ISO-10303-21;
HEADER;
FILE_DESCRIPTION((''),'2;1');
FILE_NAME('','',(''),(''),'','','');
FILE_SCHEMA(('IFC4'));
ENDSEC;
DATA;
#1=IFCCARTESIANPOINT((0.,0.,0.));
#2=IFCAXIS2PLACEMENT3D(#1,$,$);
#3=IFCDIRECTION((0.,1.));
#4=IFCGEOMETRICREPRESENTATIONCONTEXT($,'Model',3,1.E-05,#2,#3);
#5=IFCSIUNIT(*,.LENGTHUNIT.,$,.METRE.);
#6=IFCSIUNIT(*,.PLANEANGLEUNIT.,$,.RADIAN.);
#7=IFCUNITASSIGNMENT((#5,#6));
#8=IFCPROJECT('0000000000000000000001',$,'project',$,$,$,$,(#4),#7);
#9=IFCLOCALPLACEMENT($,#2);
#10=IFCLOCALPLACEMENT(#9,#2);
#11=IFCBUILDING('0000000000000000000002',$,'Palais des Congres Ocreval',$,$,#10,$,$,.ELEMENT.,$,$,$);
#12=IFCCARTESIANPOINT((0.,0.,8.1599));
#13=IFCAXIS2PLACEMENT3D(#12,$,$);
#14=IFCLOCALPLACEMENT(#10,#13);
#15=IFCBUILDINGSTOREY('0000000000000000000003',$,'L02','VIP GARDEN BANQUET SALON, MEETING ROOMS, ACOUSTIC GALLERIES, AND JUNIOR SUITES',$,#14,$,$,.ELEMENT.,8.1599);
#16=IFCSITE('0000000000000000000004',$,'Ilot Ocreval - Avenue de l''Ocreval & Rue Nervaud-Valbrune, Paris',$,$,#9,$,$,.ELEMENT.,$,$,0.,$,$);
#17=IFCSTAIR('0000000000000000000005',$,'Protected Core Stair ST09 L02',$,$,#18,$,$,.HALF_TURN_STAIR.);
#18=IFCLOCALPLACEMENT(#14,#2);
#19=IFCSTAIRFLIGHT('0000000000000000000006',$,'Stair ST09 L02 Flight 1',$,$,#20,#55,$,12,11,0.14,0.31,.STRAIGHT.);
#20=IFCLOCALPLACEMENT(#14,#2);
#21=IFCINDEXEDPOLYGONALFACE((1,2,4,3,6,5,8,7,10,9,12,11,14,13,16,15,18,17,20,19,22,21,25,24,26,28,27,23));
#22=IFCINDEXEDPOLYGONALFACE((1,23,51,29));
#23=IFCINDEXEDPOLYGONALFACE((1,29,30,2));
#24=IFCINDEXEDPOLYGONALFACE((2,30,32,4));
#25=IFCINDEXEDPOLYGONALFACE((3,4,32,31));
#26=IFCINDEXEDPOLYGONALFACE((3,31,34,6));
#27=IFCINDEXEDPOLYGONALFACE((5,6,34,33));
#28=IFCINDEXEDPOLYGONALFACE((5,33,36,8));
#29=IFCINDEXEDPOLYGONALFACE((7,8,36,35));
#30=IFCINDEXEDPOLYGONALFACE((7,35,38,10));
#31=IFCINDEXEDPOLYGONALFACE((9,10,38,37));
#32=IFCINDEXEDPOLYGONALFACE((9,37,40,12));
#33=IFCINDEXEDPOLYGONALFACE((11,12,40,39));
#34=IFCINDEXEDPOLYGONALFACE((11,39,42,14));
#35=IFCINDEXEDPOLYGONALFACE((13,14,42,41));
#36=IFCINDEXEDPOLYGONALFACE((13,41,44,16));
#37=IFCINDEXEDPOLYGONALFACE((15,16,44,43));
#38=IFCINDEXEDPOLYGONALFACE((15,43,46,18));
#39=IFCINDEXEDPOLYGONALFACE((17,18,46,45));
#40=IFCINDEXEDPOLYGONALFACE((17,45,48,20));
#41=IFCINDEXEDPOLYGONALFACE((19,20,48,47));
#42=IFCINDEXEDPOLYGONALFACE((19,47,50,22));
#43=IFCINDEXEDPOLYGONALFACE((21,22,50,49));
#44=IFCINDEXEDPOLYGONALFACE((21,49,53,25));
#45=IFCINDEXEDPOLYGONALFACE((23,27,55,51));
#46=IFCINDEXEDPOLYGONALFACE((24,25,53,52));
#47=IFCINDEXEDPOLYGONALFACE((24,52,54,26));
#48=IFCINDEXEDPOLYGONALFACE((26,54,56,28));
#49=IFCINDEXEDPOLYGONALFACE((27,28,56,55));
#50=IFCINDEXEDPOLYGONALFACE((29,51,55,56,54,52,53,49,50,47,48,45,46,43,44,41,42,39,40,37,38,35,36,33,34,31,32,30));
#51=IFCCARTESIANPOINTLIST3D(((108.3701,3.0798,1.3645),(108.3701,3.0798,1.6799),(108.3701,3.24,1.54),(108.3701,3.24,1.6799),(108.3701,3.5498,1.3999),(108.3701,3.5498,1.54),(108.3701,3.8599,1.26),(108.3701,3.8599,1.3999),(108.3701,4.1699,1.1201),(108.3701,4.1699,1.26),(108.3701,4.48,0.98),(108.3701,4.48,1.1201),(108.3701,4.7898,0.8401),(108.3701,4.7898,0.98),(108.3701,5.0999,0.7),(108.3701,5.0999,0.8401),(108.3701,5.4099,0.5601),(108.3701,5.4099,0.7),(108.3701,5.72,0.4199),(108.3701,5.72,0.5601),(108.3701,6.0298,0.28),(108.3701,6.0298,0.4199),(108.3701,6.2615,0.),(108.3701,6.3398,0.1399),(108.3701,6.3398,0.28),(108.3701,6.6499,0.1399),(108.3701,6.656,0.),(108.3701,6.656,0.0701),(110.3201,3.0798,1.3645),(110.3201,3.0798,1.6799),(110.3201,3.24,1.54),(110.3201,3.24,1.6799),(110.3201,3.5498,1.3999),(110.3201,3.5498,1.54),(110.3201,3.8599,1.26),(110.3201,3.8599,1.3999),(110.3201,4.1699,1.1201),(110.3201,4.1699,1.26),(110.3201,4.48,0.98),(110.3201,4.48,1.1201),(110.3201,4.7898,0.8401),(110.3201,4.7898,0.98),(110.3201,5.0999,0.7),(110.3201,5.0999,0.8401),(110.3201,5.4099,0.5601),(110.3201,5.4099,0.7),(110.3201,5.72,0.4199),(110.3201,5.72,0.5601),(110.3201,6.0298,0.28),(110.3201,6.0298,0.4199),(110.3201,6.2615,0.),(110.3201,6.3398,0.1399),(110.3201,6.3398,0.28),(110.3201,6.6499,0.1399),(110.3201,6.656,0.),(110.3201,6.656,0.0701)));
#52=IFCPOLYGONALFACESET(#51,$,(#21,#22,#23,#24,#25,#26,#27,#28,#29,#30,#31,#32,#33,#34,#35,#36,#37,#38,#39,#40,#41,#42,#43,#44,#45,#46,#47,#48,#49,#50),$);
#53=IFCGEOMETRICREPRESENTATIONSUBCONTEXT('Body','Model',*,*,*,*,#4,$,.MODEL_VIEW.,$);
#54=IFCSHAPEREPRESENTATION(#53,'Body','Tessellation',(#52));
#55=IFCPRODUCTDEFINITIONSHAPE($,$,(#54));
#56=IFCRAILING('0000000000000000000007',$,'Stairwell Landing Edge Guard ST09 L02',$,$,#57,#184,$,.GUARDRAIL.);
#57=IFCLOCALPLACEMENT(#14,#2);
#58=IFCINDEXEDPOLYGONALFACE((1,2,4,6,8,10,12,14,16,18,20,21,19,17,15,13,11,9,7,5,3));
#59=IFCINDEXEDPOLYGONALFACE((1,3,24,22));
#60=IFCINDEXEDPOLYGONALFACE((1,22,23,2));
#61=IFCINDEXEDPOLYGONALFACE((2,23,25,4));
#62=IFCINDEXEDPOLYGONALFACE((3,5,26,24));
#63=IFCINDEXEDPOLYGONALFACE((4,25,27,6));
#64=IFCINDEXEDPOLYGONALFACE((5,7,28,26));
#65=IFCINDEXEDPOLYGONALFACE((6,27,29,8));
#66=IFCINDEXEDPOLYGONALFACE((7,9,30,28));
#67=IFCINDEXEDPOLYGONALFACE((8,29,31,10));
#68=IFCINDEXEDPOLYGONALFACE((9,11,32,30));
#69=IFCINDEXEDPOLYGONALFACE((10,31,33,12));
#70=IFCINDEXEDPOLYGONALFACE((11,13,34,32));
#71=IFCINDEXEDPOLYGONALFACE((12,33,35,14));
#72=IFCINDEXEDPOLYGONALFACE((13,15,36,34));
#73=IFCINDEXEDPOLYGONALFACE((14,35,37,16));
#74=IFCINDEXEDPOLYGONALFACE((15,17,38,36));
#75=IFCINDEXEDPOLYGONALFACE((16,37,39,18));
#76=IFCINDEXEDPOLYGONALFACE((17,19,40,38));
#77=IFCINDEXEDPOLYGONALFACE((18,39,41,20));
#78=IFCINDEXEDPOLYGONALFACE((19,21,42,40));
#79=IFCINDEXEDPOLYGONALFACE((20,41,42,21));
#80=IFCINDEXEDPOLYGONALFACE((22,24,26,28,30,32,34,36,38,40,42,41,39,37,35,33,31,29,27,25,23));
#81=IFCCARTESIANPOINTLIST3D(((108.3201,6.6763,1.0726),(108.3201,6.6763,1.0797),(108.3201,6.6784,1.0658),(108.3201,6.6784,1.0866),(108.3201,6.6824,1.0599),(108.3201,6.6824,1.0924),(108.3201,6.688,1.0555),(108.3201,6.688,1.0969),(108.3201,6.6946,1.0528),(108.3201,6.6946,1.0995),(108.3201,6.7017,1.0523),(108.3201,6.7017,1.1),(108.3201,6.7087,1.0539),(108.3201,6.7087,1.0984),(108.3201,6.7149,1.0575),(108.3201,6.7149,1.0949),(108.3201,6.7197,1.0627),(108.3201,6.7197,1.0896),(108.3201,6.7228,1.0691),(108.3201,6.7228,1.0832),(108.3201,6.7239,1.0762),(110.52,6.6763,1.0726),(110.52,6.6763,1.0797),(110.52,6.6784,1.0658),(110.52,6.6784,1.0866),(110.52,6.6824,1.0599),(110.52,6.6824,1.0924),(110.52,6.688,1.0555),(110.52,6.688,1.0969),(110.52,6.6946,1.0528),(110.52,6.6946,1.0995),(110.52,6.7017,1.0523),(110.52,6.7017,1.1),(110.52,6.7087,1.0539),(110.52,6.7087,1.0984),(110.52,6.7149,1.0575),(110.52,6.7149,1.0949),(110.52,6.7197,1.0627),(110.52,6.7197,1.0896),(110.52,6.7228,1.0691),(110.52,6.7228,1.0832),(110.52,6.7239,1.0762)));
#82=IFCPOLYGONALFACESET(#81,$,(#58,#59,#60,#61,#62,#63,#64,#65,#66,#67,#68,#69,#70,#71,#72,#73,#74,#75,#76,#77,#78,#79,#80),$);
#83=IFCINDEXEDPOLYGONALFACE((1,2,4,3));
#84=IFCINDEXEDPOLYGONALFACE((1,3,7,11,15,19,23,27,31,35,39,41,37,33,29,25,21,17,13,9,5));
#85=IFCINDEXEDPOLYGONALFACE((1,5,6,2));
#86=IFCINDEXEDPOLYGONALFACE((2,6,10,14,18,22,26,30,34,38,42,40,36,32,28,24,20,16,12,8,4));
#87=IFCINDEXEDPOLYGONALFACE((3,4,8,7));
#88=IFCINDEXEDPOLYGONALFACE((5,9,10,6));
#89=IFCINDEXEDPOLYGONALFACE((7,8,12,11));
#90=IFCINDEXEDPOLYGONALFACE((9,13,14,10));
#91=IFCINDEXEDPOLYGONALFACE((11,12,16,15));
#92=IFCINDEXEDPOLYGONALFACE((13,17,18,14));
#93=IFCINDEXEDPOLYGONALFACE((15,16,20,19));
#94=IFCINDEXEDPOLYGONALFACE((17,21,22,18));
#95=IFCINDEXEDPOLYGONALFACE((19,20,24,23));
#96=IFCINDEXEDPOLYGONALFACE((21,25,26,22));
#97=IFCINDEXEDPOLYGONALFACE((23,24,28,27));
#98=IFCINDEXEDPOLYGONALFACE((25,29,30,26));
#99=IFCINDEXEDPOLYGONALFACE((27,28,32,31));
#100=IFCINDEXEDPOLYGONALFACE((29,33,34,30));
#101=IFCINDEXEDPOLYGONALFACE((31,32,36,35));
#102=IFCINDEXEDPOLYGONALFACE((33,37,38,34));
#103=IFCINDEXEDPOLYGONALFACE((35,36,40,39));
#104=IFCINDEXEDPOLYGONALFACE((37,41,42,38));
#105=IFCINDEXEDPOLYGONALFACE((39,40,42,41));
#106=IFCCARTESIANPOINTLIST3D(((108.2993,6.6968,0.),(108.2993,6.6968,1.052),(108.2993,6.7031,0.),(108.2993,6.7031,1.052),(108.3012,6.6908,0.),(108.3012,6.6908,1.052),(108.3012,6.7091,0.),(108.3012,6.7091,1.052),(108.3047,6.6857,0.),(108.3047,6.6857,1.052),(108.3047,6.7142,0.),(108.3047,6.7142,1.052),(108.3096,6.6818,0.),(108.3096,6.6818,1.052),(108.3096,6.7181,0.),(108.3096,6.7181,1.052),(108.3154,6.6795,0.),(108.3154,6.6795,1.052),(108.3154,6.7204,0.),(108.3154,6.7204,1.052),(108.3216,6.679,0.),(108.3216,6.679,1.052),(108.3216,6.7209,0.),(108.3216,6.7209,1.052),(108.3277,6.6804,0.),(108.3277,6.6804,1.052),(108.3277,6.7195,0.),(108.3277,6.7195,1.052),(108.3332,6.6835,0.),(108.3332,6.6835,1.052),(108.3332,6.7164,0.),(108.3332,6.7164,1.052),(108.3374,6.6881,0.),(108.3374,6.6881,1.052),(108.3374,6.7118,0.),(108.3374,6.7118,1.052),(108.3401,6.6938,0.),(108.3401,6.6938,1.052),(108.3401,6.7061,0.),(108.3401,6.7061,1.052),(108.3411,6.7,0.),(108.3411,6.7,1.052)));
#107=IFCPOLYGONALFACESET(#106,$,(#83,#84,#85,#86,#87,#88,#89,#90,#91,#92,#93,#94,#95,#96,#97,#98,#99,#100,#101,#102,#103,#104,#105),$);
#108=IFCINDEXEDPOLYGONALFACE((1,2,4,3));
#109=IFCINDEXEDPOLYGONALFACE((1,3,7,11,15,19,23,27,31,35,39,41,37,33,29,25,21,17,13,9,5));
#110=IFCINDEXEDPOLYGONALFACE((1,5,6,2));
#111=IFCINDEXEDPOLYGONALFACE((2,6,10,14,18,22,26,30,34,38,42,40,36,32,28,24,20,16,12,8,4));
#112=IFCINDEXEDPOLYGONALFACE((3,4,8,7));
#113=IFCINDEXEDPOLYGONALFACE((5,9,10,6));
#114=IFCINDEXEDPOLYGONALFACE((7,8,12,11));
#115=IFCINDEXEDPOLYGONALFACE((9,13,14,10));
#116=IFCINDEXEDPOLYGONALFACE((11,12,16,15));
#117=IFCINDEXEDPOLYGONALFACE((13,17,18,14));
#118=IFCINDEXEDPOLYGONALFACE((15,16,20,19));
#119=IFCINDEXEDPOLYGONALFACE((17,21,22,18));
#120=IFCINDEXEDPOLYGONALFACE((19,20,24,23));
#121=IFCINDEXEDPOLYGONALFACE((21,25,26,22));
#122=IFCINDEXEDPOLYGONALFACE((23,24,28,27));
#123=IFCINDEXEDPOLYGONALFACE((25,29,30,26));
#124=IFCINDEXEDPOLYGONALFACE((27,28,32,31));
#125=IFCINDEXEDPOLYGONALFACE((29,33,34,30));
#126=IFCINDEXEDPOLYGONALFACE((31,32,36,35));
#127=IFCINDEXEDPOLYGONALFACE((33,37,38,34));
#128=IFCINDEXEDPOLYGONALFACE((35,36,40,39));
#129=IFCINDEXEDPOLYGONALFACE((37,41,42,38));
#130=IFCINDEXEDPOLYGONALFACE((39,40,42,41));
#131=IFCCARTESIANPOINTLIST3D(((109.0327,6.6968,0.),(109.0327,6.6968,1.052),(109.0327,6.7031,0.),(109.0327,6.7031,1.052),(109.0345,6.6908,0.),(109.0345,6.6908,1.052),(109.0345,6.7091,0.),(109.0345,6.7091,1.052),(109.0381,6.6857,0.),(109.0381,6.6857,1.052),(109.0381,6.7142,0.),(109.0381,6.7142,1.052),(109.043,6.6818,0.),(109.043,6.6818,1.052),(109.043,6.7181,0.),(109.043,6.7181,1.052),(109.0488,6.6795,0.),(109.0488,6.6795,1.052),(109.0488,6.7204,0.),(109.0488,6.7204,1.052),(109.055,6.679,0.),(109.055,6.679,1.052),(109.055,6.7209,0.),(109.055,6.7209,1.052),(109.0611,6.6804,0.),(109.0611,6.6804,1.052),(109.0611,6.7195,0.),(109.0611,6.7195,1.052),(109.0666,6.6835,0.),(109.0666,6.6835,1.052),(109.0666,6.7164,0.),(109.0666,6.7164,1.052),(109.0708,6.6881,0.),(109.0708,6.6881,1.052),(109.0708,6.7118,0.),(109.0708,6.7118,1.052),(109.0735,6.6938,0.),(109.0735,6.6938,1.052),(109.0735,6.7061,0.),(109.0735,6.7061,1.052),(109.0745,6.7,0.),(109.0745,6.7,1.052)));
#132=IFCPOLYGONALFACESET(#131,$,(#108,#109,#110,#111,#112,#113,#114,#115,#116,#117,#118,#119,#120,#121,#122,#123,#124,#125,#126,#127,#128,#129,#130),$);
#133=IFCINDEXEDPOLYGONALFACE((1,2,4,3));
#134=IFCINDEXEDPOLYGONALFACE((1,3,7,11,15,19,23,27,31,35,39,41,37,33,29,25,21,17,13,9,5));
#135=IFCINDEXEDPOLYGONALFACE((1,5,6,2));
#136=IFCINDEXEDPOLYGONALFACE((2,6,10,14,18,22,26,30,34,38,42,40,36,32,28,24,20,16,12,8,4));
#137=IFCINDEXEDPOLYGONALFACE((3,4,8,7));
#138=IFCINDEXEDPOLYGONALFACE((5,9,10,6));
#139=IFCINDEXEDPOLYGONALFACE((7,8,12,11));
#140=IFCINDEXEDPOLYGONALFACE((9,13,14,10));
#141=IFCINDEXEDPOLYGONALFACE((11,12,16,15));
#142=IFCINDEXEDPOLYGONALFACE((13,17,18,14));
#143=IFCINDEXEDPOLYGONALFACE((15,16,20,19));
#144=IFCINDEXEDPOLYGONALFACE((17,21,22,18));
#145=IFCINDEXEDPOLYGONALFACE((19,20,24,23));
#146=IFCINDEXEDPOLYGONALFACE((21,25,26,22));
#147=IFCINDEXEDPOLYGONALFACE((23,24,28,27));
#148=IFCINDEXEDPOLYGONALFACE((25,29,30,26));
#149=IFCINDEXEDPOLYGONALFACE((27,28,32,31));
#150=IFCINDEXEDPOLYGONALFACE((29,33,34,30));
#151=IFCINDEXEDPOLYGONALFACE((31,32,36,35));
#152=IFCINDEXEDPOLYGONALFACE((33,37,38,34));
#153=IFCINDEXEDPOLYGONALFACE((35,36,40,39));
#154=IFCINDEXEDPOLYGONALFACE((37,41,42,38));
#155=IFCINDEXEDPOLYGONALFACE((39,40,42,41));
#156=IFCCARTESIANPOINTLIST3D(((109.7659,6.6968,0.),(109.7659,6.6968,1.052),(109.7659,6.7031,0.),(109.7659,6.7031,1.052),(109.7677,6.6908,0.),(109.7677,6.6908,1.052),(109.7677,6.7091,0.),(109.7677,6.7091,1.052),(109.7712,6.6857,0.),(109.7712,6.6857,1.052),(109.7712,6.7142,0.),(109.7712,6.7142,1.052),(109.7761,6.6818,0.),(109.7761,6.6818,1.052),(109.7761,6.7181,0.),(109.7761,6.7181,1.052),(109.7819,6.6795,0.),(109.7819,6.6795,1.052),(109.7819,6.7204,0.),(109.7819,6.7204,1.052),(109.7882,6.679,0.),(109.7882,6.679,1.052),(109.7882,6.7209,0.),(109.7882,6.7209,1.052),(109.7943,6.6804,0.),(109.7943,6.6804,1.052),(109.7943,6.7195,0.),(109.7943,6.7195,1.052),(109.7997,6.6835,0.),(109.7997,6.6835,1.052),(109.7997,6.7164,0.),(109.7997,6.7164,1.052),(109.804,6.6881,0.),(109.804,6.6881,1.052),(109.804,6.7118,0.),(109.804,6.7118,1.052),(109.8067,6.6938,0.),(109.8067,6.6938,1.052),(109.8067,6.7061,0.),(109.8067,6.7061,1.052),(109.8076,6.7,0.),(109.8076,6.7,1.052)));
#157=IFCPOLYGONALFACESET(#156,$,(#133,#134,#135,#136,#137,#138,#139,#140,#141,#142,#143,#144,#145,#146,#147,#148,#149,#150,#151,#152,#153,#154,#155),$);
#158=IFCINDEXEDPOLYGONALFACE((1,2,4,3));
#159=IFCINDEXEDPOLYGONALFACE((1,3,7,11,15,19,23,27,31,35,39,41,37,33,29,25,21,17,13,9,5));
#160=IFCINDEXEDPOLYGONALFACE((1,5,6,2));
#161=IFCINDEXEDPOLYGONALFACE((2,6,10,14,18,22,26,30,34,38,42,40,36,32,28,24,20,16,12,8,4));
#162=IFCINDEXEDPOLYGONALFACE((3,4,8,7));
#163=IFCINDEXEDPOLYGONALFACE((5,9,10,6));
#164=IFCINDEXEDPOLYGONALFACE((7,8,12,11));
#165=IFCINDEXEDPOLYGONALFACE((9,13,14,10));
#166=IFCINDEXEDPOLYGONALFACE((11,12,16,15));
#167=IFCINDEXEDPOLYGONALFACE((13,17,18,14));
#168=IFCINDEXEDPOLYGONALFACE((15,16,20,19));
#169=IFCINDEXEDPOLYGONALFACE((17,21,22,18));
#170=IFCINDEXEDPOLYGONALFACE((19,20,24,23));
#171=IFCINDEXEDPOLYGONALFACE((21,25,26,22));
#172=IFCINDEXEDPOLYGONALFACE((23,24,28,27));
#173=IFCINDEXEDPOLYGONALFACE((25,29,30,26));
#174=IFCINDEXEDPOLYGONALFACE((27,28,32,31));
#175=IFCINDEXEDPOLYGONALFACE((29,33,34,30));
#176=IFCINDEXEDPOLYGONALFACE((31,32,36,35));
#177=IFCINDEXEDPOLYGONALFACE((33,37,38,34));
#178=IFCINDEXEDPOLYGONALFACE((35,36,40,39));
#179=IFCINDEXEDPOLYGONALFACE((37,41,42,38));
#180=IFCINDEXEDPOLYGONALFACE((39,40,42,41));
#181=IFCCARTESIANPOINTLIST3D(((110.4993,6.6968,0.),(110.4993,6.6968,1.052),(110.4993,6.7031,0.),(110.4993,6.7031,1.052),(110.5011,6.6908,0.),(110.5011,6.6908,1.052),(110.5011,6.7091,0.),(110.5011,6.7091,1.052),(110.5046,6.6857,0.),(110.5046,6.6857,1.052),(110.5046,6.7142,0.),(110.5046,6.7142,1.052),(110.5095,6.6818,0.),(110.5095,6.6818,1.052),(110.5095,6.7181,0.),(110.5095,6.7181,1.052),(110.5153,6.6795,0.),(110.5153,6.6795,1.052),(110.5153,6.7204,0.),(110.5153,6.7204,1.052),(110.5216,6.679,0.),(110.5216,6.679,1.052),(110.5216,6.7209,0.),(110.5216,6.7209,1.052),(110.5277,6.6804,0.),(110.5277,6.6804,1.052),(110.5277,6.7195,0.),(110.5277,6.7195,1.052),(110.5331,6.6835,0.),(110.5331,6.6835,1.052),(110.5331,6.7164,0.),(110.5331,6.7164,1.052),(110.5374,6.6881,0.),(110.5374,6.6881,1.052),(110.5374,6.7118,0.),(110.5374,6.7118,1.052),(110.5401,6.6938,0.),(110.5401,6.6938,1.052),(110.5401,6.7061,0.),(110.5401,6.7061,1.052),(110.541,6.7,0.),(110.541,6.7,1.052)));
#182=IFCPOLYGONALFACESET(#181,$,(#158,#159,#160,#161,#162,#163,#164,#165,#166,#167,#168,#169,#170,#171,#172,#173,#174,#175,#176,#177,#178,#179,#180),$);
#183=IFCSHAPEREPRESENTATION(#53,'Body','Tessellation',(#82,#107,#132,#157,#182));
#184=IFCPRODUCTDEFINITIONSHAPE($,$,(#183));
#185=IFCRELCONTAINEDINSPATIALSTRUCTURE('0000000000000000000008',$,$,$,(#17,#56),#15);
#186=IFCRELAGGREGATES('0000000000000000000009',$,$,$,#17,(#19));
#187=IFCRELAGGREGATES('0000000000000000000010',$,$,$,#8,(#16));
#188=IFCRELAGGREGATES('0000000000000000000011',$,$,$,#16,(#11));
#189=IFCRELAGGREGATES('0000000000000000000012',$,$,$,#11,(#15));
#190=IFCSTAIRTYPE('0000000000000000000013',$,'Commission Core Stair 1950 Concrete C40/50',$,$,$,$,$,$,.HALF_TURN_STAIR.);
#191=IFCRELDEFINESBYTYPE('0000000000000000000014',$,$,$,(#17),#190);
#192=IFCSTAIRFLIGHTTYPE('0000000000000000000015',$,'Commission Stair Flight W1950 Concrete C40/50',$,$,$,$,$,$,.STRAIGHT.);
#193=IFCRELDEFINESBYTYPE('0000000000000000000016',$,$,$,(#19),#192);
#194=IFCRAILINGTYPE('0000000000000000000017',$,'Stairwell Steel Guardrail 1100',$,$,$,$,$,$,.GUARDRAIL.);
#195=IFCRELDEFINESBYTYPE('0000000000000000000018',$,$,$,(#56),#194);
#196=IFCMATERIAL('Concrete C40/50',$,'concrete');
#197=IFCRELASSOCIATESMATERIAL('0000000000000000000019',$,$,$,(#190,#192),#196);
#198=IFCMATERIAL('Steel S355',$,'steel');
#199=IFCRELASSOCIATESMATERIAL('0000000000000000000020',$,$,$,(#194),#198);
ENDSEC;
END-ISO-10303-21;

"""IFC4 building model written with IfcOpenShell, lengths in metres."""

from ifc_helpers import new_model, si_unit, direction, frame, origin, origin_2d, place, context, subcontext, project, spatial, polyline, circle, outline, extrude, material, type_object, element, aggregate, save


model = new_model("IFC4")

# Units and contexts
model_context = context("Model", 3, precision=1e-05, world=origin(), true_north=direction((0.0, 1.0)))
body_context = subcontext(model_context, "Body", "Model", "MODEL_VIEW")
ifc_project = project(units=[si_unit("LENGTHUNIT", "METRE"), si_unit("PLANEANGLEUNIT", "RADIAN")], contexts=[model_context])

# Site, building, storey
site_placement = place(None, origin())
site = spatial("IfcSite", under=ifc_project, at=site_placement, Name="Ilot Ocreval - Avenue de l'Ocreval & Rue Nervaud-Valbrune, Paris", CompositionType="ELEMENT", RefElevation=0.0)
building_placement = place(site_placement, origin())
building = spatial("IfcBuilding", under=site, at=building_placement, Name="Palais des Congres Ocreval", CompositionType="ELEMENT")
storey_placement = place(building_placement, frame((0.0, 0.0, 8.1599)))
storey = spatial("IfcBuildingStorey", under=building, at=storey_placement, Name="L02", Description="VIP GARDEN BANQUET SALON, MEETING ROOMS, ACOUSTIC GALLERIES, AND JUNIOR SUITES", CompositionType="ELEMENT", Elevation=8.1599)

# Shared definitions
ifc_material_1 = material(Name="Steel S355", Category="steel")

# Shared definitions
ifc_material_2 = material(Name="Concrete C40/50", Category="concrete")

# Stair, stair flight
stair_type = type_object("IfcStairType", Name="Commission Core Stair 1950 Concrete C40/50", PredefinedType="HALF_TURN_STAIR", material=ifc_material_2)
stair_placement = place(storey_placement, origin())
stair = element("IfcStair", 1, at=stair_placement, inside=storey, type_object=stair_type, Name="Protected Core Stair ST09 L02", PredefinedType="HALF_TURN_STAIR")
stair_flight_type = type_object("IfcStairFlightType", Name="Commission Stair Flight W1950 Concrete C40/50", PredefinedType="STRAIGHT", material=ifc_material_2)
stair_flight_placement = place(storey_placement, frame((109.345, 6.6499, 0.0), z_axis=(0.0, 0.0, 1.0), x_axis=(0.0, -1.0, 0.0)))
stair_flight = element("IfcStairFlight", 2, at=stair_flight_placement, type_object=stair_flight_type, Name="Stair ST09 L02 Flight 1", NumberOfRisers=12, NumberOfTreads=11, PredefinedType="STRAIGHT", RiserHeight=0.14, TreadLength=0.31, context=body_context, shape_type="SweptSolid", body=[
    extrude(outline(polyline([(-0.0061, 0.0), (-0.0061, 0.0701), (0.0, 0.1399), (0.3101, 0.1399), (0.3101, 0.28), (0.6201, 0.28), (0.6201, 0.4199), (0.9299, 0.4199), (0.9299, 0.5601), (1.24, 0.5601), (1.24, 0.7), (1.55, 0.7), (1.55, 0.8401), (1.8601, 0.8401), (1.8601, 0.98), (2.1699, 0.98), (2.1699, 1.1201), (2.48, 1.1201), (2.48, 1.26), (2.79, 1.26), (2.79, 1.3999), (3.1001, 1.3999), (3.1001, 1.54), (3.4099, 1.54), (3.4099, 1.6799), (3.5701, 1.6799), (3.5701, 1.3645), (0.3884, 0.0), (-0.0061, 0.0)])), frame((0.0, 0.9751, 0.0), z_axis=(0.0, -1.0, 0.0), x_axis=(1.0, 0.0, 0.0)), (0.0, 0.0, 1.0), 1.95),
])
aggregate(stair, [stair_flight])

# Railing
railing_type = type_object("IfcRailingType", Name="Stairwell Steel Guardrail 1100", PredefinedType="GUARDRAIL", material=ifc_material_1)
railing_1_placement = place(storey_placement, frame((108.3201, 6.7, 0.0)))
element("IfcRailing", 3, at=railing_1_placement, inside=storey, type_object=railing_type, Name="Stairwell Landing Edge Guard ST09 L02", PredefinedType="GUARDRAIL", context=body_context, shape_type="SweptSolid", body=[
    extrude(circle(Radius=0.0239, at=origin_2d()), frame((0.0, 0.0, 1.0762), z_axis=(1.0, 0.0, 0.0), x_axis=(0.0, 1.0, 0.0)), (0.0, 0.0, 1.0), 2.2),
    extrude(circle(Radius=0.021, at=origin_2d()), origin(), (0.0, 0.0, 1.0), 1.052),
    extrude(circle(Radius=0.021, at=origin_2d()), frame((0.7334, 0.0, 0.0)), (0.0, 0.0, 1.0), 1.052),
    extrude(circle(Radius=0.021, at=origin_2d()), frame((1.4666, 0.0, 0.0)), (0.0, 0.0, 1.0), 1.052),
    extrude(circle(Radius=0.021, at=origin_2d()), frame((2.2, 0.0, 0.0)), (0.0, 0.0, 1.0), 1.052),
])

save(model, "model.ifc")
